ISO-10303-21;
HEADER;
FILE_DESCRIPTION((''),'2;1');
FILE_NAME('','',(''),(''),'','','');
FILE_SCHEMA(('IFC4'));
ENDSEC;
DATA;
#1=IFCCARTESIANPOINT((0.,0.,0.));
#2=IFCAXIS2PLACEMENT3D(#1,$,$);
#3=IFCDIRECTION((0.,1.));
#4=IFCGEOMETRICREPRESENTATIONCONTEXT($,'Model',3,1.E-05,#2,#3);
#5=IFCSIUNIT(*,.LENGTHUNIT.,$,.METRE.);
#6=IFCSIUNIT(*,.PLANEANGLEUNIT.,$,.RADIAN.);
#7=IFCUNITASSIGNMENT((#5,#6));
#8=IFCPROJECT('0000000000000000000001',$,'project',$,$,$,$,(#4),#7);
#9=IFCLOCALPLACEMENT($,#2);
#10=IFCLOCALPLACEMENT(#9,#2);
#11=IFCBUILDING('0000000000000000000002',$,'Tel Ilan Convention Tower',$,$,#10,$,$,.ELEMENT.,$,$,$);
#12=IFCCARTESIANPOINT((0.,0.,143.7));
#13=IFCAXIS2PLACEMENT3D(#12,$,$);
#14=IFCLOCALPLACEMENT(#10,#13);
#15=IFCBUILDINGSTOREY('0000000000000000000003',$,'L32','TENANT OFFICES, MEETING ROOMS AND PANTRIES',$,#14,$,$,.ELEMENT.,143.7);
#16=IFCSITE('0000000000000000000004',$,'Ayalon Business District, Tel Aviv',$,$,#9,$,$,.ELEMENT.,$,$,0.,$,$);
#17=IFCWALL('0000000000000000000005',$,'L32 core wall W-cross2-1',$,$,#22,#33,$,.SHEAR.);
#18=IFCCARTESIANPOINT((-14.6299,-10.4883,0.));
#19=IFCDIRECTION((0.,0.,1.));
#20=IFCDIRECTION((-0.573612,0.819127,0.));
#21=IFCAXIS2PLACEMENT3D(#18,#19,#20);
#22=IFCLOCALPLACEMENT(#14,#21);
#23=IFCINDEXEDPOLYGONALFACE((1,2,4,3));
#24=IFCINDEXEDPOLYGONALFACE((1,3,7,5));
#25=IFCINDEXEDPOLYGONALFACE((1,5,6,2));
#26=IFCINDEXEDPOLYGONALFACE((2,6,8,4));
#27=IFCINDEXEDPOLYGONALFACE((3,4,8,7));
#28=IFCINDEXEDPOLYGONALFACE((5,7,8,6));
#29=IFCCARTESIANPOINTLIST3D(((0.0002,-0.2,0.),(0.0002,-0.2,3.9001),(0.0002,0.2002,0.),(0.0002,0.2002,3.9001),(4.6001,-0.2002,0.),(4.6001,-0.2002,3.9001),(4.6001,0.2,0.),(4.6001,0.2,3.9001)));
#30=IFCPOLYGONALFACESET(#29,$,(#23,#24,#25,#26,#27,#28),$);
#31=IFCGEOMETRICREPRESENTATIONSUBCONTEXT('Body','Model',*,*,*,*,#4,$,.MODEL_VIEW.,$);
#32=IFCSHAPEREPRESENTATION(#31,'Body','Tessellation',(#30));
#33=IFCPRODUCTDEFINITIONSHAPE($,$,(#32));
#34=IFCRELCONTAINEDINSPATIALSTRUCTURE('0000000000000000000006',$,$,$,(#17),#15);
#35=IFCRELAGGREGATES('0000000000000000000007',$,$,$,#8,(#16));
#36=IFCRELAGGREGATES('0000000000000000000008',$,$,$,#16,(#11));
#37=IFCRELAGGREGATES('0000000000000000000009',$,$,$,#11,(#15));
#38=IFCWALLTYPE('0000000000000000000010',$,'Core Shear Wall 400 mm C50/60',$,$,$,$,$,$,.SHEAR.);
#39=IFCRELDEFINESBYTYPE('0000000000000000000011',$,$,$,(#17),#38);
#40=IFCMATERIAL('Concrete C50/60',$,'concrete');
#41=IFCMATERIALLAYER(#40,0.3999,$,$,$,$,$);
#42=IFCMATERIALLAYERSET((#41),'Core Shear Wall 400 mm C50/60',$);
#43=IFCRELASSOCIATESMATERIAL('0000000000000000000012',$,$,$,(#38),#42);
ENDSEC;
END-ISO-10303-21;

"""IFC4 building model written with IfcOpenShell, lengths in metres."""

from ifc_helpers import new_model, si_unit, direction, frame, origin, place, context, subcontext, project, spatial, polyline, outline, extrude, material, layer, layer_set, type_object, element, save


model = new_model("IFC4")

# Units and contexts
model_context = context("Model", 3, precision=1e-05, world=origin(), true_north=direction((0.0, 1.0)))
body_context = subcontext(model_context, "Body", "Model", "MODEL_VIEW")
ifc_project = project(units=[si_unit("LENGTHUNIT", "METRE"), si_unit("PLANEANGLEUNIT", "RADIAN")], contexts=[model_context])

# Site, building, storey
site_placement = place(None, origin())
site = spatial("IfcSite", under=ifc_project, at=site_placement, Name="Ayalon Business District, Tel Aviv", CompositionType="ELEMENT", RefElevation=0.0)
building_placement = place(site_placement, origin())
building = spatial("IfcBuilding", under=site, at=building_placement, Name="Tel Ilan Convention Tower", CompositionType="ELEMENT")
storey_placement = place(building_placement, frame((0.0, 0.0, 143.7)))
storey = spatial("IfcBuildingStorey", under=building, at=storey_placement, Name="L32", Description="TENANT OFFICES, MEETING ROOMS AND PANTRIES", CompositionType="ELEMENT", Elevation=143.7)

# Wall
ifc_material_1 = material(Name="Concrete C50/60", Category="concrete")
ifc_layer_1 = layer(ifc_material_1, 0.3999)
ifc_layer_set_1 = layer_set([ifc_layer_1], Name="Core Shear Wall 400 mm C50/60")
wall_type_1 = type_object("IfcWallType", Name="Core Shear Wall 400 mm C50/60", PredefinedType="SHEAR", material=ifc_layer_set_1)
wall_1_placement = place(storey_placement, frame((-14.6299, -10.4883, 0.0), z_axis=(0.0, 0.0, 1.0), x_axis=(-0.573612, 0.819127, 0.0)))
element("IfcWall", 1, at=wall_1_placement, inside=storey, type_object=wall_type_1, Name="L32 core wall W-cross2-1", PredefinedType="SHEAR", context=body_context, shape_type="SweptSolid", body=[
    extrude(outline(polyline([(4.6001, 0.2), (0.0002, 0.2002), (0.0002, -0.2), (4.6001, -0.2002), (4.6001, 0.2)])), origin(), (0.0, 0.0, 1.0), 3.9001),
])

save(model, "model.ifc")
